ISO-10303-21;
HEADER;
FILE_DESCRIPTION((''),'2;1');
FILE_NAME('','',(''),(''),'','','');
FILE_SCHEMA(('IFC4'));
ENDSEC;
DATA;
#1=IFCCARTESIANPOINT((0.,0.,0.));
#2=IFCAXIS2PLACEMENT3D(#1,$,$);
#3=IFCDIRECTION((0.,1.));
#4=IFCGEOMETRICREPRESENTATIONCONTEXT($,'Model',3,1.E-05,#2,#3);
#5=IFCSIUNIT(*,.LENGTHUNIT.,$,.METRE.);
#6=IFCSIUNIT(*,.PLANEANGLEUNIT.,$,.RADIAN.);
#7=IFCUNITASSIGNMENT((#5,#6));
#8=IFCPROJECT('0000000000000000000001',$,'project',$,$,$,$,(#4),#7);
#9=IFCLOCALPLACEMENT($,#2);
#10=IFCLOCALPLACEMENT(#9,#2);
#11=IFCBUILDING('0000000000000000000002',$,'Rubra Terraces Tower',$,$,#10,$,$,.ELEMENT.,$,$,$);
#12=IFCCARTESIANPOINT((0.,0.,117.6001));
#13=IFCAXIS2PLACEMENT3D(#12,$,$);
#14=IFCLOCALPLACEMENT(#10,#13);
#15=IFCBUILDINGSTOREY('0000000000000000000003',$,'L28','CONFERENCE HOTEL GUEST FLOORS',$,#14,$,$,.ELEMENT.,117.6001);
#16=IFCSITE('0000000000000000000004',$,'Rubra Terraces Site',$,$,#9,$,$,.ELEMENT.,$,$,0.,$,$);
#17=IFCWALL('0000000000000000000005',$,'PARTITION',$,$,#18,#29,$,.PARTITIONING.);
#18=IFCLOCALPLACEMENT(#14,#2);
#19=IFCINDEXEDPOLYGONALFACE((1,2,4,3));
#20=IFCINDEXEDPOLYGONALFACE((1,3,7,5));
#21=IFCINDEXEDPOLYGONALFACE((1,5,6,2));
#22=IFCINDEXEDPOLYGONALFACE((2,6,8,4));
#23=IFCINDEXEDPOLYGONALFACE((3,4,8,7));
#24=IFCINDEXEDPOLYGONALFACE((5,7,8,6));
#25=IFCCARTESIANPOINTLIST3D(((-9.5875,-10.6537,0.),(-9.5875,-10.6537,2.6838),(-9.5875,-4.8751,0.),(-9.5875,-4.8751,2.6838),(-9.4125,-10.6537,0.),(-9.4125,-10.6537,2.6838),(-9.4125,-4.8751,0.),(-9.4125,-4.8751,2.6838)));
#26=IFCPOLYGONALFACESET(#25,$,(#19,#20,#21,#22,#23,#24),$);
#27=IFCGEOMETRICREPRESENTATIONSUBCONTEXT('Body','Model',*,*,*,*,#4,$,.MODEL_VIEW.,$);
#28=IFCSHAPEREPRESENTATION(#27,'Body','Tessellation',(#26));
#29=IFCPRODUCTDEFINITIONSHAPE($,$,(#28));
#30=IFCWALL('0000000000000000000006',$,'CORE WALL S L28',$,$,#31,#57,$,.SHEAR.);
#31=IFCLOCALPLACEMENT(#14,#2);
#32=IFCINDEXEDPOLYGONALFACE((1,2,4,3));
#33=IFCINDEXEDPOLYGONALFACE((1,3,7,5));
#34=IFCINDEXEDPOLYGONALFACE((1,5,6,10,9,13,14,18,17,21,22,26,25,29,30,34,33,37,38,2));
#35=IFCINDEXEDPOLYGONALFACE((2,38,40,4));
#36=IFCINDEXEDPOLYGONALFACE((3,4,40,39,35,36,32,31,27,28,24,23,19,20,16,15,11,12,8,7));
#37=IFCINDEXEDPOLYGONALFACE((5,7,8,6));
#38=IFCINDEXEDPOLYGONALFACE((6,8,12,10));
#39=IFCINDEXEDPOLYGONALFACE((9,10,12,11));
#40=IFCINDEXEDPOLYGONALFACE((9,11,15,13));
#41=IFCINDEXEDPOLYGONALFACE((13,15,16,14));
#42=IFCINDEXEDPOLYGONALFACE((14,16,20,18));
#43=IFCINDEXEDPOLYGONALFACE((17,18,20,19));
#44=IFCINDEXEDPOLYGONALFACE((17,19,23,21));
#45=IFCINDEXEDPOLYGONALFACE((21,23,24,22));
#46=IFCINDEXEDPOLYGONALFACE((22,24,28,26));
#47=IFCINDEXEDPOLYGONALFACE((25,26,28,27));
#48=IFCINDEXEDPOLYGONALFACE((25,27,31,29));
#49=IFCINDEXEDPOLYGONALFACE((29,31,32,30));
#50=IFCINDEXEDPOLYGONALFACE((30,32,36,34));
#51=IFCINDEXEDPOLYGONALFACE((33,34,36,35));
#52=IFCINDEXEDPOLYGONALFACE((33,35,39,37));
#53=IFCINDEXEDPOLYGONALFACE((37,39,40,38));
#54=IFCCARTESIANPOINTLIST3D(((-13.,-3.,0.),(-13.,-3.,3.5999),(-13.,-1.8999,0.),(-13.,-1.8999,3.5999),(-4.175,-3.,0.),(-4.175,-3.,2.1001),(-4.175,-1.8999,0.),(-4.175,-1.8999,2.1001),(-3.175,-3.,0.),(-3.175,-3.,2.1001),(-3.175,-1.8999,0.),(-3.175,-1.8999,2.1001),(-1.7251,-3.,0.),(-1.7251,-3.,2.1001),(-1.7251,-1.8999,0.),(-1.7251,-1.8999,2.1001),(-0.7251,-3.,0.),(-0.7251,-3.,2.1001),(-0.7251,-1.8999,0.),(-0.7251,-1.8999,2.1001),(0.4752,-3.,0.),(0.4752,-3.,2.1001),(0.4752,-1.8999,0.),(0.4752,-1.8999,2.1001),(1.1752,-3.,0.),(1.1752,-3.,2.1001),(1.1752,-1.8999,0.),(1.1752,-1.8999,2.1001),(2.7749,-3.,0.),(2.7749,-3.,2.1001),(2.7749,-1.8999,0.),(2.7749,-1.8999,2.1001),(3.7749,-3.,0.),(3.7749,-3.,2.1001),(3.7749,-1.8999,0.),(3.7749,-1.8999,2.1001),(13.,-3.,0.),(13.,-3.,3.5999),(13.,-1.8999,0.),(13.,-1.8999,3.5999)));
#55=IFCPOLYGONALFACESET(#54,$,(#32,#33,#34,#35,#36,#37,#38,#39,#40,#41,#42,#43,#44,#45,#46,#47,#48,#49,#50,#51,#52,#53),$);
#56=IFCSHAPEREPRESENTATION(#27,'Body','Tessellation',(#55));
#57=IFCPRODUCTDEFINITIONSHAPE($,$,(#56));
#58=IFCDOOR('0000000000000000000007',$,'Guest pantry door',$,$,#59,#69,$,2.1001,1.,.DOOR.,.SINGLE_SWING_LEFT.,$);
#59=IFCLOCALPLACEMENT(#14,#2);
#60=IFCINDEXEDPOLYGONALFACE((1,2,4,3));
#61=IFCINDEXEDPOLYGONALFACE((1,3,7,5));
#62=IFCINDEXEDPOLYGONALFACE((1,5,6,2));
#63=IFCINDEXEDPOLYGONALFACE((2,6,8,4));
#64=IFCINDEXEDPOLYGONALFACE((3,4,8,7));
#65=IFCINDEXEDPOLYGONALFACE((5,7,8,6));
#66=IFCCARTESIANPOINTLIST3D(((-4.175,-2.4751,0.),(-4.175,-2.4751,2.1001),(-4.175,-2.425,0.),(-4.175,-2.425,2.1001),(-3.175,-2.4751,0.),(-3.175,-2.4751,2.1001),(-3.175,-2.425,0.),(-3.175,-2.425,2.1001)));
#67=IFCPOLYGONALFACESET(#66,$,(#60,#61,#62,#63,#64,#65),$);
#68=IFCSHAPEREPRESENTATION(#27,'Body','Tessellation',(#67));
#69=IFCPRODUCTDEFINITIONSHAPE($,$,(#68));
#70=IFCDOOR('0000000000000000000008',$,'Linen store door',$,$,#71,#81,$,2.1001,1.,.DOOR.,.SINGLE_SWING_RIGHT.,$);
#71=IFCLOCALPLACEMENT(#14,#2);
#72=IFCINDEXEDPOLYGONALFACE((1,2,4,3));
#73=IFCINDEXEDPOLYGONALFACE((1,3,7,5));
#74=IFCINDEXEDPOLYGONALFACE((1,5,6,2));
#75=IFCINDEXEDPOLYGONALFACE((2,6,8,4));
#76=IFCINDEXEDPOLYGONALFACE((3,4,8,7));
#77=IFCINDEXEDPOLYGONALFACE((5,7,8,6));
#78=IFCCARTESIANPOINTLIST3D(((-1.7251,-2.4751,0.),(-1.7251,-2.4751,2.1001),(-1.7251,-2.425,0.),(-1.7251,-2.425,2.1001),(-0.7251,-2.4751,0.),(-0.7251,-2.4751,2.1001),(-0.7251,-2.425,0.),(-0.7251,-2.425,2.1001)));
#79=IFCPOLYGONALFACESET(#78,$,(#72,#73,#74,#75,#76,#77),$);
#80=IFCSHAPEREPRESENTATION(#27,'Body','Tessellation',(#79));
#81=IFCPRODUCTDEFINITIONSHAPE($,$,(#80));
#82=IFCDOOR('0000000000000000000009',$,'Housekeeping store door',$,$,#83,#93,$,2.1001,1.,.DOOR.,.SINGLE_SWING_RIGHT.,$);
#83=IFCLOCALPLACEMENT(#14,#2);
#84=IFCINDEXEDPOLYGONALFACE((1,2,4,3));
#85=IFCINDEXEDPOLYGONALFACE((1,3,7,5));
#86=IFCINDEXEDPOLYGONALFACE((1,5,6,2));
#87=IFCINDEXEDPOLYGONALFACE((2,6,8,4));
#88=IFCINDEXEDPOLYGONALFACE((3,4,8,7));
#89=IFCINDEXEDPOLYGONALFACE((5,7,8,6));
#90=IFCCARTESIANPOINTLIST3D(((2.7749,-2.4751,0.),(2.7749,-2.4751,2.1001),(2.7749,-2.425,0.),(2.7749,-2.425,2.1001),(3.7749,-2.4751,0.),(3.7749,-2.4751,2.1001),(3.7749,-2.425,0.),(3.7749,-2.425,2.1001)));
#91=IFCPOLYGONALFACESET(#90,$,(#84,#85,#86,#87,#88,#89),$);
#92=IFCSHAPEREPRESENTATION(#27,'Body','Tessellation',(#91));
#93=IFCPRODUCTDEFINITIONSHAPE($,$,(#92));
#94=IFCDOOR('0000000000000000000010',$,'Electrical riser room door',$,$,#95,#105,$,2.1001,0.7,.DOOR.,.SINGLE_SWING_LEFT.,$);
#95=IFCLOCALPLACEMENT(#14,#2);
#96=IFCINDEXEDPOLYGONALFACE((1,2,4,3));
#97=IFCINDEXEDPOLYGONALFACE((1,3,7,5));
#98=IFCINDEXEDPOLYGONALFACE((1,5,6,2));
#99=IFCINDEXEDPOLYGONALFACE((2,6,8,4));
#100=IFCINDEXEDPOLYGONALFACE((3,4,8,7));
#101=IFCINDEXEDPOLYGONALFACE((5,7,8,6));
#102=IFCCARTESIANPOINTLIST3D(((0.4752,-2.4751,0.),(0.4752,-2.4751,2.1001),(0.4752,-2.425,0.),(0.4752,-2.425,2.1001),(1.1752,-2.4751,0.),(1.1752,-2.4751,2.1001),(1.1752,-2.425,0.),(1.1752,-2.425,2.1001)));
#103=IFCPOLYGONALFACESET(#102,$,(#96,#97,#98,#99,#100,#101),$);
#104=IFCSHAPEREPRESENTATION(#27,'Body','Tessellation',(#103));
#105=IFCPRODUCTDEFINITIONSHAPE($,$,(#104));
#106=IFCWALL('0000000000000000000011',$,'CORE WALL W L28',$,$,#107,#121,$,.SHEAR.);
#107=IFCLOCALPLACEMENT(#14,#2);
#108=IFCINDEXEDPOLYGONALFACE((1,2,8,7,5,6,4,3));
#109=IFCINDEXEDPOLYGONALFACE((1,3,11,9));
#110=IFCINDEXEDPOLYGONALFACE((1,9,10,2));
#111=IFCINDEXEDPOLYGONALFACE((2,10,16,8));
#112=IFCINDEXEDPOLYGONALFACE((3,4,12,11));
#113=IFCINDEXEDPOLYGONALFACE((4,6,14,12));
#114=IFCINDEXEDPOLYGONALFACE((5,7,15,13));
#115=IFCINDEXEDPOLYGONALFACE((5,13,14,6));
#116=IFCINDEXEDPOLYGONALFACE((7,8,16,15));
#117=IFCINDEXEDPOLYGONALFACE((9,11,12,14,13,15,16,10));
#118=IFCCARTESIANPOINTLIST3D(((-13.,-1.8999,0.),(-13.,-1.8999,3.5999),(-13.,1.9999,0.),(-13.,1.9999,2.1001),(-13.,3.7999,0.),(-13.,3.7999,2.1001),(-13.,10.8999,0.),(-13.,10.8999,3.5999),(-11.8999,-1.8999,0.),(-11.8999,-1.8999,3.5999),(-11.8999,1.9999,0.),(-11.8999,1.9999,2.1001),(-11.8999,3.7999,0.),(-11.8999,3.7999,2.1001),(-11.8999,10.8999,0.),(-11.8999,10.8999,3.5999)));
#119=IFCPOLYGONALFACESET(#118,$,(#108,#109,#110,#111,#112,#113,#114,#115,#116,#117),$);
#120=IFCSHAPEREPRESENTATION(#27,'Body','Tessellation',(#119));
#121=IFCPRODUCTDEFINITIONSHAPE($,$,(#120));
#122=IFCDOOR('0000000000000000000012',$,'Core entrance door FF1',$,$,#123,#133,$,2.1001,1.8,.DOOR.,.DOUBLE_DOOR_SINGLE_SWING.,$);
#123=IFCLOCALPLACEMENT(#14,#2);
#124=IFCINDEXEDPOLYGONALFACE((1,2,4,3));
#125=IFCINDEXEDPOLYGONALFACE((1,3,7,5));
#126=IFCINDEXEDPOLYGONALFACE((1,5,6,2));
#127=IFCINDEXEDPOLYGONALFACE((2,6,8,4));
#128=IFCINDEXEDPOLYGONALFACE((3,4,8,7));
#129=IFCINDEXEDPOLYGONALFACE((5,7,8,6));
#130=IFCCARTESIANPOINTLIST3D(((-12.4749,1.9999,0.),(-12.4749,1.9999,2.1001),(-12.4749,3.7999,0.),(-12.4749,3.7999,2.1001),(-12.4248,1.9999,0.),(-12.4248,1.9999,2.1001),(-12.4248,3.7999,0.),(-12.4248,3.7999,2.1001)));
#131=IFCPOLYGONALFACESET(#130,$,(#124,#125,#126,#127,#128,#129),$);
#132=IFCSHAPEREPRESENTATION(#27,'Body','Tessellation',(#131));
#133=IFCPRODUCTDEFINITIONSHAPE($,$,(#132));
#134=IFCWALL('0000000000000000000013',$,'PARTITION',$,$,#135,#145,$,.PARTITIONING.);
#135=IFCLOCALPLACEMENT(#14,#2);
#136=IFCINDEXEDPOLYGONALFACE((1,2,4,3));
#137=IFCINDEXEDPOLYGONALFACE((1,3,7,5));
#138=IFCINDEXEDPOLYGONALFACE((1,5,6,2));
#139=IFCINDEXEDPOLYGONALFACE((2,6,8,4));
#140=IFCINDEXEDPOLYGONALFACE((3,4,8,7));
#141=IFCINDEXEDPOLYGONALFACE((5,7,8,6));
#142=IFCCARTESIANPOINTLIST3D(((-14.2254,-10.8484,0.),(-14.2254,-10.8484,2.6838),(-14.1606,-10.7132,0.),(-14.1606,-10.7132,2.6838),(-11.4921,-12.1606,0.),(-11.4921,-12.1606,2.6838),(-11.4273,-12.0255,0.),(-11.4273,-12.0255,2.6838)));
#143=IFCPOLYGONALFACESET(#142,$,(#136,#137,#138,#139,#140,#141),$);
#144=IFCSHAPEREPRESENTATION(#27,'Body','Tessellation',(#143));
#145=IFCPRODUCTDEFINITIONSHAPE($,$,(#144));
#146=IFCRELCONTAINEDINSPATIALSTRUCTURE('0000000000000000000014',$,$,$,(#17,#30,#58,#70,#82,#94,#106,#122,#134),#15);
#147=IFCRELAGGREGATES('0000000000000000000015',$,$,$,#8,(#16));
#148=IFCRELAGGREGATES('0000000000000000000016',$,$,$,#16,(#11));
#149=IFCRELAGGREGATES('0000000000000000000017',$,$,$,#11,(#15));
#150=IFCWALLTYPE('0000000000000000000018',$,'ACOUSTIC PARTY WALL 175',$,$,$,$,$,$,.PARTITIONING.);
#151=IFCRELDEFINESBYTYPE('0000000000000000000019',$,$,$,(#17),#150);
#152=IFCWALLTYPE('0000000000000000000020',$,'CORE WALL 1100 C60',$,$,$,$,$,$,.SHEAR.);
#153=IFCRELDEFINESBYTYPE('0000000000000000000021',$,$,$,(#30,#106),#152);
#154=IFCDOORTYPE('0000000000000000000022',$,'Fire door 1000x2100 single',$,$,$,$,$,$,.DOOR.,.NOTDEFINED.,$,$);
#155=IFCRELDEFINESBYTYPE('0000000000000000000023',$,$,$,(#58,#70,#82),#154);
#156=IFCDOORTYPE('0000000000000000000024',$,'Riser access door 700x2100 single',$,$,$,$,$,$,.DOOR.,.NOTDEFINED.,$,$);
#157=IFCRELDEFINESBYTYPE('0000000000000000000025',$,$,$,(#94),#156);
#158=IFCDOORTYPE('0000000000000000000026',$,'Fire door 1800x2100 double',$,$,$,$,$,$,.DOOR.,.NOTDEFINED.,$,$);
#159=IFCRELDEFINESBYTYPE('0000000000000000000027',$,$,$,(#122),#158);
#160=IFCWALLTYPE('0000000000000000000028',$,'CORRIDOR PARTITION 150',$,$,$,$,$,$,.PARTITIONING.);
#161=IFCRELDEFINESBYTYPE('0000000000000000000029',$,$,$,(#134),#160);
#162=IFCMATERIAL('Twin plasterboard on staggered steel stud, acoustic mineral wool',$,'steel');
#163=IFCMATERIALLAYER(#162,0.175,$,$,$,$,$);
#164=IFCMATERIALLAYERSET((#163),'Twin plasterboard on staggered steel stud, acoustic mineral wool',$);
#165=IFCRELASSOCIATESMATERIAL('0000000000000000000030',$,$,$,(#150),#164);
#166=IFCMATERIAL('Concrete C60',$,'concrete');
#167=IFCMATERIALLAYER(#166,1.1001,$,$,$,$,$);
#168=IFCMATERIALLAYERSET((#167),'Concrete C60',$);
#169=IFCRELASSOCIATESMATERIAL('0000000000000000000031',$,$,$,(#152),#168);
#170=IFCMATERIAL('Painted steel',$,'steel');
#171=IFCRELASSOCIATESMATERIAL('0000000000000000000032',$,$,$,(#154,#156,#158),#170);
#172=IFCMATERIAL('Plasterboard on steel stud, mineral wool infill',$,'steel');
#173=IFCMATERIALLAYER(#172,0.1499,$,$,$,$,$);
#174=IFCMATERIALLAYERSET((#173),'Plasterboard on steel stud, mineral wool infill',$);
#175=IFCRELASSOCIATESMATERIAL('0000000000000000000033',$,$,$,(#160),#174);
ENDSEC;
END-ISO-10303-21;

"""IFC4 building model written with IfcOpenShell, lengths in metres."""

from ifc_helpers import new_model, si_unit, direction, frame, frame_2d, origin, place, context, subcontext, project, spatial, rectangle, extrude, material, layer, layer_set, type_object, element, fill, save


model = new_model("IFC4")

# Units and contexts
model_context = context("Model", 3, precision=1e-05, world=origin(), true_north=direction((0.0, 1.0)))
body_context = subcontext(model_context, "Body", "Model", "MODEL_VIEW")
ifc_project = project(units=[si_unit("LENGTHUNIT", "METRE"), si_unit("PLANEANGLEUNIT", "RADIAN")], contexts=[model_context])

# Site, building, storey
site_placement = place(None, origin())
site = spatial("IfcSite", under=ifc_project, at=site_placement, Name="Rubra Terraces Site", CompositionType="ELEMENT", RefElevation=0.0)
building_placement = place(site_placement, origin())
building = spatial("IfcBuilding", under=site, at=building_placement, Name="Rubra Terraces Tower", CompositionType="ELEMENT")
storey_placement = place(building_placement, frame((0.0, 0.0, 117.6001)))
storey = spatial("IfcBuildingStorey", under=building, at=storey_placement, Name="L28", Description="CONFERENCE HOTEL GUEST FLOORS", CompositionType="ELEMENT", Elevation=117.6001)

# Wall
ifc_material_1 = material(Name="Twin plasterboard on staggered steel stud, acoustic mineral wool", Category="steel")
ifc_layer_1 = layer(ifc_material_1, 0.175)
ifc_layer_set_1 = layer_set([ifc_layer_1], Name="Twin plasterboard on staggered steel stud, acoustic mineral wool")
wall_type_1 = type_object("IfcWallType", Name="ACOUSTIC PARTY WALL 175", PredefinedType="PARTITIONING", material=ifc_layer_set_1)
wall_1_placement = place(storey_placement, frame((-9.5, -10.6536, 0.0), z_axis=(0.0, 0.0, 1.0), x_axis=(0.0, 1.0, 0.0)))
element("IfcWall", 1, at=wall_1_placement, inside=storey, type_object=wall_type_1, Name="PARTITION", PredefinedType="PARTITIONING", context=body_context, shape_type="SweptSolid", body=[
    extrude(rectangle(XDim=5.7786, YDim=0.175, at=frame_2d((2.8892, 0.0))), origin(), (0.0, 0.0, 1.0), 2.6838),
])

# Wall, openings, doors
ifc_material_2 = material(Name="Concrete C60", Category="concrete")
ifc_layer_2 = layer(ifc_material_2, 1.1001)
ifc_layer_set_2 = layer_set([ifc_layer_2], Name="Concrete C60")
wall_type_2 = type_object("IfcWallType", Name="CORE WALL 1100 C60", PredefinedType="SHEAR", material=ifc_layer_set_2)
wall_2_placement = place(storey_placement, frame((-13.0, -2.45, 0.0), z_axis=(0.0, 0.0, 1.0), x_axis=(1.0, 0.0, 0.0)))
wall_2 = element("IfcWall", 2, at=wall_2_placement, inside=storey, type_object=wall_type_2, Name="CORE WALL S L28", PredefinedType="SHEAR", context=body_context, shape_type="SweptSolid", body=[
    extrude(rectangle(XDim=26.0, YDim=1.1001, at=frame_2d((13.0, 0.0))), origin(), (0.0, 0.0, 1.0), 3.5999),
])
opening_1_placement = place(wall_2_placement, frame((8.825, 0.0, 0.0)))
opening_1 = element("IfcOpeningElement", 3, at=opening_1_placement, cuts=wall_2, PredefinedType="OPENING", context=body_context, shape_type="SweptSolid", body=[
    extrude(rectangle(XDim=1.0, YDim=2.1001, at=frame_2d((0.5, 1.05))), frame((0.0, 0.5601, 0.0), z_axis=(0.0, -1.0, 0.0), x_axis=(1.0, 0.0, 0.0)), (0.0, 0.0, 1.0), 1.1201),
])
opening_2_placement = place(wall_2_placement, frame((11.2749, 0.0, 0.0)))
opening_2 = element("IfcOpeningElement", 4, at=opening_2_placement, cuts=wall_2, PredefinedType="OPENING", context=body_context, shape_type="SweptSolid", body=[
    extrude(rectangle(XDim=1.0, YDim=2.1001, at=frame_2d((0.5, 1.05))), frame((0.0, 0.5601, 0.0), z_axis=(0.0, -1.0, 0.0), x_axis=(1.0, 0.0, 0.0)), (0.0, 0.0, 1.0), 1.1201),
])
opening_3_placement = place(wall_2_placement, frame((13.4751, 0.0, 0.0)))
opening_3 = element("IfcOpeningElement", 5, at=opening_3_placement, cuts=wall_2, PredefinedType="OPENING", context=body_context, shape_type="SweptSolid", body=[
    extrude(rectangle(XDim=0.7, YDim=2.1001, at=frame_2d((0.3501, 1.05))), frame((0.0, 0.5601, 0.0), z_axis=(0.0, -1.0, 0.0), x_axis=(1.0, 0.0, 0.0)), (0.0, 0.0, 1.0), 1.1201),
])
opening_4_placement = place(wall_2_placement, frame((15.7749, 0.0, 0.0)))
opening_4 = element("IfcOpeningElement", 6, at=opening_4_placement, cuts=wall_2, PredefinedType="OPENING", context=body_context, shape_type="SweptSolid", body=[
    extrude(rectangle(XDim=1.0, YDim=2.1001, at=frame_2d((0.5, 1.05))), frame((0.0, 0.5601, 0.0), z_axis=(0.0, -1.0, 0.0), x_axis=(1.0, 0.0, 0.0)), (0.0, 0.0, 1.0), 1.1201),
])
ifc_material_3 = material(Name="Painted steel", Category="steel")
door_type_1 = type_object("IfcDoorType", Name="Fire door 1000x2100 single", OperationType="NOTDEFINED", PredefinedType="DOOR", material=ifc_material_3)
door_1_placement = place(opening_1_placement, origin())
door_1 = element("IfcDoor", 7, at=door_1_placement, inside=storey, type_object=door_type_1, Name="Guest pantry door", OperationType="SINGLE_SWING_LEFT", OverallHeight=2.1001, OverallWidth=1.0, PredefinedType="DOOR", context=body_context, shape_type="SweptSolid", body=[
    extrude(rectangle(XDim=1.0, YDim=2.1001, at=frame_2d((0.5, 1.05))), frame((0.0, 0.0249, 0.0), z_axis=(0.0, -1.0, 0.0), x_axis=(1.0, 0.0, 0.0)), (0.0, 0.0, 1.0), 0.05),
])
fill(opening_1, door_1)
door_2_placement = place(opening_2_placement, origin())
door_2 = element("IfcDoor", 8, at=door_2_placement, inside=storey, type_object=door_type_1, Name="Linen store door", OperationType="SINGLE_SWING_RIGHT", OverallHeight=2.1001, OverallWidth=1.0, PredefinedType="DOOR", context=body_context, shape_type="SweptSolid", body=[
    extrude(rectangle(XDim=1.0, YDim=2.1001, at=frame_2d((0.5, 1.05))), frame((0.0, 0.0249, 0.0), z_axis=(0.0, -1.0, 0.0), x_axis=(1.0, 0.0, 0.0)), (0.0, 0.0, 1.0), 0.05),
])
fill(opening_2, door_2)
door_3_placement = place(opening_4_placement, origin())
door_3 = element("IfcDoor", 9, at=door_3_placement, inside=storey, type_object=door_type_1, Name="Housekeeping store door", OperationType="SINGLE_SWING_RIGHT", OverallHeight=2.1001, OverallWidth=1.0, PredefinedType="DOOR", context=body_context, shape_type="SweptSolid", body=[
    extrude(rectangle(XDim=1.0, YDim=2.1001, at=frame_2d((0.5, 1.05))), frame((0.0, 0.0249, 0.0), z_axis=(0.0, -1.0, 0.0), x_axis=(1.0, 0.0, 0.0)), (0.0, 0.0, 1.0), 0.05),
])
fill(opening_4, door_3)
door_type_2 = type_object("IfcDoorType", Name="Riser access door 700x2100 single", OperationType="NOTDEFINED", PredefinedType="DOOR", material=ifc_material_3)
door_4_placement = place(opening_3_placement, origin())
door_4 = element("IfcDoor", 10, at=door_4_placement, inside=storey, type_object=door_type_2, Name="Electrical riser room door", OperationType="SINGLE_SWING_LEFT", OverallHeight=2.1001, OverallWidth=0.7, PredefinedType="DOOR", context=body_context, shape_type="SweptSolid", body=[
    extrude(rectangle(XDim=0.7, YDim=2.1001, at=frame_2d((0.3501, 1.05))), frame((0.0, 0.0249, 0.0), z_axis=(0.0, -1.0, 0.0), x_axis=(1.0, 0.0, 0.0)), (0.0, 0.0, 1.0), 0.05),
])
fill(opening_3, door_4)

# Wall, opening, door
wall_3_placement = place(storey_placement, frame((-12.45, -1.8999, 0.0), z_axis=(0.0, 0.0, 1.0), x_axis=(0.0, 1.0, 0.0)))
wall_3 = element("IfcWall", 11, at=wall_3_placement, inside=storey, type_object=wall_type_2, Name="CORE WALL W L28", PredefinedType="SHEAR", context=body_context, shape_type="SweptSolid", body=[
    extrude(rectangle(XDim=12.7998, YDim=1.1001, at=frame_2d((6.3999, 0.0))), origin(), (0.0, 0.0, 1.0), 3.5999),
])
opening_5_placement = place(wall_3_placement, frame((3.8999, 0.0, 0.0)))
opening_5 = element("IfcOpeningElement", 12, at=opening_5_placement, cuts=wall_3, PredefinedType="OPENING", context=body_context, shape_type="SweptSolid", body=[
    extrude(rectangle(XDim=1.8, YDim=2.1001, at=frame_2d((0.8999, 1.05))), frame((0.0, 0.5601, 0.0), z_axis=(0.0, -1.0, 0.0), x_axis=(1.0, 0.0, 0.0)), (0.0, 0.0, 1.0), 1.1201),
])
door_type_3 = type_object("IfcDoorType", Name="Fire door 1800x2100 double", OperationType="NOTDEFINED", PredefinedType="DOOR", material=ifc_material_3)
door_5_placement = place(opening_5_placement, origin())
door_5 = element("IfcDoor", 13, at=door_5_placement, inside=storey, type_object=door_type_3, Name="Core entrance door FF1", OperationType="DOUBLE_DOOR_SINGLE_SWING", OverallHeight=2.1001, OverallWidth=1.8, PredefinedType="DOOR", context=body_context, shape_type="SweptSolid", body=[
    extrude(rectangle(XDim=1.8, YDim=2.1001, at=frame_2d((0.8999, 1.05))), frame((0.0, 0.0249, 0.0), z_axis=(0.0, -1.0, 0.0), x_axis=(1.0, 0.0, 0.0)), (0.0, 0.0, 1.0), 0.05),
])
fill(opening_5, door_5)

# Wall
ifc_material_4 = material(Name="Plasterboard on steel stud, mineral wool infill", Category="steel")
ifc_layer_3 = layer(ifc_material_4, 0.1499)
ifc_layer_set_3 = layer_set([ifc_layer_3], Name="Plasterboard on steel stud, mineral wool infill")
wall_type_3 = type_object("IfcWallType", Name="CORRIDOR PARTITION 150", PredefinedType="PARTITIONING", material=ifc_layer_set_3)
wall_4_placement = place(storey_placement, frame((-14.1931, -10.7808, 0.0), z_axis=(0.0, 0.0, 1.0), x_axis=(0.901494, -0.432791, 0.0)))
element("IfcWall", 14, at=wall_4_placement, inside=storey, type_object=wall_type_3, Name="PARTITION", PredefinedType="PARTITIONING", context=body_context, shape_type="SweptSolid", body=[
    extrude(rectangle(XDim=3.032, YDim=0.1499, at=frame_2d((1.5161, 0.0))), origin(), (0.0, 0.0, 1.0), 2.6838),
])

save(model, "model.ifc")
